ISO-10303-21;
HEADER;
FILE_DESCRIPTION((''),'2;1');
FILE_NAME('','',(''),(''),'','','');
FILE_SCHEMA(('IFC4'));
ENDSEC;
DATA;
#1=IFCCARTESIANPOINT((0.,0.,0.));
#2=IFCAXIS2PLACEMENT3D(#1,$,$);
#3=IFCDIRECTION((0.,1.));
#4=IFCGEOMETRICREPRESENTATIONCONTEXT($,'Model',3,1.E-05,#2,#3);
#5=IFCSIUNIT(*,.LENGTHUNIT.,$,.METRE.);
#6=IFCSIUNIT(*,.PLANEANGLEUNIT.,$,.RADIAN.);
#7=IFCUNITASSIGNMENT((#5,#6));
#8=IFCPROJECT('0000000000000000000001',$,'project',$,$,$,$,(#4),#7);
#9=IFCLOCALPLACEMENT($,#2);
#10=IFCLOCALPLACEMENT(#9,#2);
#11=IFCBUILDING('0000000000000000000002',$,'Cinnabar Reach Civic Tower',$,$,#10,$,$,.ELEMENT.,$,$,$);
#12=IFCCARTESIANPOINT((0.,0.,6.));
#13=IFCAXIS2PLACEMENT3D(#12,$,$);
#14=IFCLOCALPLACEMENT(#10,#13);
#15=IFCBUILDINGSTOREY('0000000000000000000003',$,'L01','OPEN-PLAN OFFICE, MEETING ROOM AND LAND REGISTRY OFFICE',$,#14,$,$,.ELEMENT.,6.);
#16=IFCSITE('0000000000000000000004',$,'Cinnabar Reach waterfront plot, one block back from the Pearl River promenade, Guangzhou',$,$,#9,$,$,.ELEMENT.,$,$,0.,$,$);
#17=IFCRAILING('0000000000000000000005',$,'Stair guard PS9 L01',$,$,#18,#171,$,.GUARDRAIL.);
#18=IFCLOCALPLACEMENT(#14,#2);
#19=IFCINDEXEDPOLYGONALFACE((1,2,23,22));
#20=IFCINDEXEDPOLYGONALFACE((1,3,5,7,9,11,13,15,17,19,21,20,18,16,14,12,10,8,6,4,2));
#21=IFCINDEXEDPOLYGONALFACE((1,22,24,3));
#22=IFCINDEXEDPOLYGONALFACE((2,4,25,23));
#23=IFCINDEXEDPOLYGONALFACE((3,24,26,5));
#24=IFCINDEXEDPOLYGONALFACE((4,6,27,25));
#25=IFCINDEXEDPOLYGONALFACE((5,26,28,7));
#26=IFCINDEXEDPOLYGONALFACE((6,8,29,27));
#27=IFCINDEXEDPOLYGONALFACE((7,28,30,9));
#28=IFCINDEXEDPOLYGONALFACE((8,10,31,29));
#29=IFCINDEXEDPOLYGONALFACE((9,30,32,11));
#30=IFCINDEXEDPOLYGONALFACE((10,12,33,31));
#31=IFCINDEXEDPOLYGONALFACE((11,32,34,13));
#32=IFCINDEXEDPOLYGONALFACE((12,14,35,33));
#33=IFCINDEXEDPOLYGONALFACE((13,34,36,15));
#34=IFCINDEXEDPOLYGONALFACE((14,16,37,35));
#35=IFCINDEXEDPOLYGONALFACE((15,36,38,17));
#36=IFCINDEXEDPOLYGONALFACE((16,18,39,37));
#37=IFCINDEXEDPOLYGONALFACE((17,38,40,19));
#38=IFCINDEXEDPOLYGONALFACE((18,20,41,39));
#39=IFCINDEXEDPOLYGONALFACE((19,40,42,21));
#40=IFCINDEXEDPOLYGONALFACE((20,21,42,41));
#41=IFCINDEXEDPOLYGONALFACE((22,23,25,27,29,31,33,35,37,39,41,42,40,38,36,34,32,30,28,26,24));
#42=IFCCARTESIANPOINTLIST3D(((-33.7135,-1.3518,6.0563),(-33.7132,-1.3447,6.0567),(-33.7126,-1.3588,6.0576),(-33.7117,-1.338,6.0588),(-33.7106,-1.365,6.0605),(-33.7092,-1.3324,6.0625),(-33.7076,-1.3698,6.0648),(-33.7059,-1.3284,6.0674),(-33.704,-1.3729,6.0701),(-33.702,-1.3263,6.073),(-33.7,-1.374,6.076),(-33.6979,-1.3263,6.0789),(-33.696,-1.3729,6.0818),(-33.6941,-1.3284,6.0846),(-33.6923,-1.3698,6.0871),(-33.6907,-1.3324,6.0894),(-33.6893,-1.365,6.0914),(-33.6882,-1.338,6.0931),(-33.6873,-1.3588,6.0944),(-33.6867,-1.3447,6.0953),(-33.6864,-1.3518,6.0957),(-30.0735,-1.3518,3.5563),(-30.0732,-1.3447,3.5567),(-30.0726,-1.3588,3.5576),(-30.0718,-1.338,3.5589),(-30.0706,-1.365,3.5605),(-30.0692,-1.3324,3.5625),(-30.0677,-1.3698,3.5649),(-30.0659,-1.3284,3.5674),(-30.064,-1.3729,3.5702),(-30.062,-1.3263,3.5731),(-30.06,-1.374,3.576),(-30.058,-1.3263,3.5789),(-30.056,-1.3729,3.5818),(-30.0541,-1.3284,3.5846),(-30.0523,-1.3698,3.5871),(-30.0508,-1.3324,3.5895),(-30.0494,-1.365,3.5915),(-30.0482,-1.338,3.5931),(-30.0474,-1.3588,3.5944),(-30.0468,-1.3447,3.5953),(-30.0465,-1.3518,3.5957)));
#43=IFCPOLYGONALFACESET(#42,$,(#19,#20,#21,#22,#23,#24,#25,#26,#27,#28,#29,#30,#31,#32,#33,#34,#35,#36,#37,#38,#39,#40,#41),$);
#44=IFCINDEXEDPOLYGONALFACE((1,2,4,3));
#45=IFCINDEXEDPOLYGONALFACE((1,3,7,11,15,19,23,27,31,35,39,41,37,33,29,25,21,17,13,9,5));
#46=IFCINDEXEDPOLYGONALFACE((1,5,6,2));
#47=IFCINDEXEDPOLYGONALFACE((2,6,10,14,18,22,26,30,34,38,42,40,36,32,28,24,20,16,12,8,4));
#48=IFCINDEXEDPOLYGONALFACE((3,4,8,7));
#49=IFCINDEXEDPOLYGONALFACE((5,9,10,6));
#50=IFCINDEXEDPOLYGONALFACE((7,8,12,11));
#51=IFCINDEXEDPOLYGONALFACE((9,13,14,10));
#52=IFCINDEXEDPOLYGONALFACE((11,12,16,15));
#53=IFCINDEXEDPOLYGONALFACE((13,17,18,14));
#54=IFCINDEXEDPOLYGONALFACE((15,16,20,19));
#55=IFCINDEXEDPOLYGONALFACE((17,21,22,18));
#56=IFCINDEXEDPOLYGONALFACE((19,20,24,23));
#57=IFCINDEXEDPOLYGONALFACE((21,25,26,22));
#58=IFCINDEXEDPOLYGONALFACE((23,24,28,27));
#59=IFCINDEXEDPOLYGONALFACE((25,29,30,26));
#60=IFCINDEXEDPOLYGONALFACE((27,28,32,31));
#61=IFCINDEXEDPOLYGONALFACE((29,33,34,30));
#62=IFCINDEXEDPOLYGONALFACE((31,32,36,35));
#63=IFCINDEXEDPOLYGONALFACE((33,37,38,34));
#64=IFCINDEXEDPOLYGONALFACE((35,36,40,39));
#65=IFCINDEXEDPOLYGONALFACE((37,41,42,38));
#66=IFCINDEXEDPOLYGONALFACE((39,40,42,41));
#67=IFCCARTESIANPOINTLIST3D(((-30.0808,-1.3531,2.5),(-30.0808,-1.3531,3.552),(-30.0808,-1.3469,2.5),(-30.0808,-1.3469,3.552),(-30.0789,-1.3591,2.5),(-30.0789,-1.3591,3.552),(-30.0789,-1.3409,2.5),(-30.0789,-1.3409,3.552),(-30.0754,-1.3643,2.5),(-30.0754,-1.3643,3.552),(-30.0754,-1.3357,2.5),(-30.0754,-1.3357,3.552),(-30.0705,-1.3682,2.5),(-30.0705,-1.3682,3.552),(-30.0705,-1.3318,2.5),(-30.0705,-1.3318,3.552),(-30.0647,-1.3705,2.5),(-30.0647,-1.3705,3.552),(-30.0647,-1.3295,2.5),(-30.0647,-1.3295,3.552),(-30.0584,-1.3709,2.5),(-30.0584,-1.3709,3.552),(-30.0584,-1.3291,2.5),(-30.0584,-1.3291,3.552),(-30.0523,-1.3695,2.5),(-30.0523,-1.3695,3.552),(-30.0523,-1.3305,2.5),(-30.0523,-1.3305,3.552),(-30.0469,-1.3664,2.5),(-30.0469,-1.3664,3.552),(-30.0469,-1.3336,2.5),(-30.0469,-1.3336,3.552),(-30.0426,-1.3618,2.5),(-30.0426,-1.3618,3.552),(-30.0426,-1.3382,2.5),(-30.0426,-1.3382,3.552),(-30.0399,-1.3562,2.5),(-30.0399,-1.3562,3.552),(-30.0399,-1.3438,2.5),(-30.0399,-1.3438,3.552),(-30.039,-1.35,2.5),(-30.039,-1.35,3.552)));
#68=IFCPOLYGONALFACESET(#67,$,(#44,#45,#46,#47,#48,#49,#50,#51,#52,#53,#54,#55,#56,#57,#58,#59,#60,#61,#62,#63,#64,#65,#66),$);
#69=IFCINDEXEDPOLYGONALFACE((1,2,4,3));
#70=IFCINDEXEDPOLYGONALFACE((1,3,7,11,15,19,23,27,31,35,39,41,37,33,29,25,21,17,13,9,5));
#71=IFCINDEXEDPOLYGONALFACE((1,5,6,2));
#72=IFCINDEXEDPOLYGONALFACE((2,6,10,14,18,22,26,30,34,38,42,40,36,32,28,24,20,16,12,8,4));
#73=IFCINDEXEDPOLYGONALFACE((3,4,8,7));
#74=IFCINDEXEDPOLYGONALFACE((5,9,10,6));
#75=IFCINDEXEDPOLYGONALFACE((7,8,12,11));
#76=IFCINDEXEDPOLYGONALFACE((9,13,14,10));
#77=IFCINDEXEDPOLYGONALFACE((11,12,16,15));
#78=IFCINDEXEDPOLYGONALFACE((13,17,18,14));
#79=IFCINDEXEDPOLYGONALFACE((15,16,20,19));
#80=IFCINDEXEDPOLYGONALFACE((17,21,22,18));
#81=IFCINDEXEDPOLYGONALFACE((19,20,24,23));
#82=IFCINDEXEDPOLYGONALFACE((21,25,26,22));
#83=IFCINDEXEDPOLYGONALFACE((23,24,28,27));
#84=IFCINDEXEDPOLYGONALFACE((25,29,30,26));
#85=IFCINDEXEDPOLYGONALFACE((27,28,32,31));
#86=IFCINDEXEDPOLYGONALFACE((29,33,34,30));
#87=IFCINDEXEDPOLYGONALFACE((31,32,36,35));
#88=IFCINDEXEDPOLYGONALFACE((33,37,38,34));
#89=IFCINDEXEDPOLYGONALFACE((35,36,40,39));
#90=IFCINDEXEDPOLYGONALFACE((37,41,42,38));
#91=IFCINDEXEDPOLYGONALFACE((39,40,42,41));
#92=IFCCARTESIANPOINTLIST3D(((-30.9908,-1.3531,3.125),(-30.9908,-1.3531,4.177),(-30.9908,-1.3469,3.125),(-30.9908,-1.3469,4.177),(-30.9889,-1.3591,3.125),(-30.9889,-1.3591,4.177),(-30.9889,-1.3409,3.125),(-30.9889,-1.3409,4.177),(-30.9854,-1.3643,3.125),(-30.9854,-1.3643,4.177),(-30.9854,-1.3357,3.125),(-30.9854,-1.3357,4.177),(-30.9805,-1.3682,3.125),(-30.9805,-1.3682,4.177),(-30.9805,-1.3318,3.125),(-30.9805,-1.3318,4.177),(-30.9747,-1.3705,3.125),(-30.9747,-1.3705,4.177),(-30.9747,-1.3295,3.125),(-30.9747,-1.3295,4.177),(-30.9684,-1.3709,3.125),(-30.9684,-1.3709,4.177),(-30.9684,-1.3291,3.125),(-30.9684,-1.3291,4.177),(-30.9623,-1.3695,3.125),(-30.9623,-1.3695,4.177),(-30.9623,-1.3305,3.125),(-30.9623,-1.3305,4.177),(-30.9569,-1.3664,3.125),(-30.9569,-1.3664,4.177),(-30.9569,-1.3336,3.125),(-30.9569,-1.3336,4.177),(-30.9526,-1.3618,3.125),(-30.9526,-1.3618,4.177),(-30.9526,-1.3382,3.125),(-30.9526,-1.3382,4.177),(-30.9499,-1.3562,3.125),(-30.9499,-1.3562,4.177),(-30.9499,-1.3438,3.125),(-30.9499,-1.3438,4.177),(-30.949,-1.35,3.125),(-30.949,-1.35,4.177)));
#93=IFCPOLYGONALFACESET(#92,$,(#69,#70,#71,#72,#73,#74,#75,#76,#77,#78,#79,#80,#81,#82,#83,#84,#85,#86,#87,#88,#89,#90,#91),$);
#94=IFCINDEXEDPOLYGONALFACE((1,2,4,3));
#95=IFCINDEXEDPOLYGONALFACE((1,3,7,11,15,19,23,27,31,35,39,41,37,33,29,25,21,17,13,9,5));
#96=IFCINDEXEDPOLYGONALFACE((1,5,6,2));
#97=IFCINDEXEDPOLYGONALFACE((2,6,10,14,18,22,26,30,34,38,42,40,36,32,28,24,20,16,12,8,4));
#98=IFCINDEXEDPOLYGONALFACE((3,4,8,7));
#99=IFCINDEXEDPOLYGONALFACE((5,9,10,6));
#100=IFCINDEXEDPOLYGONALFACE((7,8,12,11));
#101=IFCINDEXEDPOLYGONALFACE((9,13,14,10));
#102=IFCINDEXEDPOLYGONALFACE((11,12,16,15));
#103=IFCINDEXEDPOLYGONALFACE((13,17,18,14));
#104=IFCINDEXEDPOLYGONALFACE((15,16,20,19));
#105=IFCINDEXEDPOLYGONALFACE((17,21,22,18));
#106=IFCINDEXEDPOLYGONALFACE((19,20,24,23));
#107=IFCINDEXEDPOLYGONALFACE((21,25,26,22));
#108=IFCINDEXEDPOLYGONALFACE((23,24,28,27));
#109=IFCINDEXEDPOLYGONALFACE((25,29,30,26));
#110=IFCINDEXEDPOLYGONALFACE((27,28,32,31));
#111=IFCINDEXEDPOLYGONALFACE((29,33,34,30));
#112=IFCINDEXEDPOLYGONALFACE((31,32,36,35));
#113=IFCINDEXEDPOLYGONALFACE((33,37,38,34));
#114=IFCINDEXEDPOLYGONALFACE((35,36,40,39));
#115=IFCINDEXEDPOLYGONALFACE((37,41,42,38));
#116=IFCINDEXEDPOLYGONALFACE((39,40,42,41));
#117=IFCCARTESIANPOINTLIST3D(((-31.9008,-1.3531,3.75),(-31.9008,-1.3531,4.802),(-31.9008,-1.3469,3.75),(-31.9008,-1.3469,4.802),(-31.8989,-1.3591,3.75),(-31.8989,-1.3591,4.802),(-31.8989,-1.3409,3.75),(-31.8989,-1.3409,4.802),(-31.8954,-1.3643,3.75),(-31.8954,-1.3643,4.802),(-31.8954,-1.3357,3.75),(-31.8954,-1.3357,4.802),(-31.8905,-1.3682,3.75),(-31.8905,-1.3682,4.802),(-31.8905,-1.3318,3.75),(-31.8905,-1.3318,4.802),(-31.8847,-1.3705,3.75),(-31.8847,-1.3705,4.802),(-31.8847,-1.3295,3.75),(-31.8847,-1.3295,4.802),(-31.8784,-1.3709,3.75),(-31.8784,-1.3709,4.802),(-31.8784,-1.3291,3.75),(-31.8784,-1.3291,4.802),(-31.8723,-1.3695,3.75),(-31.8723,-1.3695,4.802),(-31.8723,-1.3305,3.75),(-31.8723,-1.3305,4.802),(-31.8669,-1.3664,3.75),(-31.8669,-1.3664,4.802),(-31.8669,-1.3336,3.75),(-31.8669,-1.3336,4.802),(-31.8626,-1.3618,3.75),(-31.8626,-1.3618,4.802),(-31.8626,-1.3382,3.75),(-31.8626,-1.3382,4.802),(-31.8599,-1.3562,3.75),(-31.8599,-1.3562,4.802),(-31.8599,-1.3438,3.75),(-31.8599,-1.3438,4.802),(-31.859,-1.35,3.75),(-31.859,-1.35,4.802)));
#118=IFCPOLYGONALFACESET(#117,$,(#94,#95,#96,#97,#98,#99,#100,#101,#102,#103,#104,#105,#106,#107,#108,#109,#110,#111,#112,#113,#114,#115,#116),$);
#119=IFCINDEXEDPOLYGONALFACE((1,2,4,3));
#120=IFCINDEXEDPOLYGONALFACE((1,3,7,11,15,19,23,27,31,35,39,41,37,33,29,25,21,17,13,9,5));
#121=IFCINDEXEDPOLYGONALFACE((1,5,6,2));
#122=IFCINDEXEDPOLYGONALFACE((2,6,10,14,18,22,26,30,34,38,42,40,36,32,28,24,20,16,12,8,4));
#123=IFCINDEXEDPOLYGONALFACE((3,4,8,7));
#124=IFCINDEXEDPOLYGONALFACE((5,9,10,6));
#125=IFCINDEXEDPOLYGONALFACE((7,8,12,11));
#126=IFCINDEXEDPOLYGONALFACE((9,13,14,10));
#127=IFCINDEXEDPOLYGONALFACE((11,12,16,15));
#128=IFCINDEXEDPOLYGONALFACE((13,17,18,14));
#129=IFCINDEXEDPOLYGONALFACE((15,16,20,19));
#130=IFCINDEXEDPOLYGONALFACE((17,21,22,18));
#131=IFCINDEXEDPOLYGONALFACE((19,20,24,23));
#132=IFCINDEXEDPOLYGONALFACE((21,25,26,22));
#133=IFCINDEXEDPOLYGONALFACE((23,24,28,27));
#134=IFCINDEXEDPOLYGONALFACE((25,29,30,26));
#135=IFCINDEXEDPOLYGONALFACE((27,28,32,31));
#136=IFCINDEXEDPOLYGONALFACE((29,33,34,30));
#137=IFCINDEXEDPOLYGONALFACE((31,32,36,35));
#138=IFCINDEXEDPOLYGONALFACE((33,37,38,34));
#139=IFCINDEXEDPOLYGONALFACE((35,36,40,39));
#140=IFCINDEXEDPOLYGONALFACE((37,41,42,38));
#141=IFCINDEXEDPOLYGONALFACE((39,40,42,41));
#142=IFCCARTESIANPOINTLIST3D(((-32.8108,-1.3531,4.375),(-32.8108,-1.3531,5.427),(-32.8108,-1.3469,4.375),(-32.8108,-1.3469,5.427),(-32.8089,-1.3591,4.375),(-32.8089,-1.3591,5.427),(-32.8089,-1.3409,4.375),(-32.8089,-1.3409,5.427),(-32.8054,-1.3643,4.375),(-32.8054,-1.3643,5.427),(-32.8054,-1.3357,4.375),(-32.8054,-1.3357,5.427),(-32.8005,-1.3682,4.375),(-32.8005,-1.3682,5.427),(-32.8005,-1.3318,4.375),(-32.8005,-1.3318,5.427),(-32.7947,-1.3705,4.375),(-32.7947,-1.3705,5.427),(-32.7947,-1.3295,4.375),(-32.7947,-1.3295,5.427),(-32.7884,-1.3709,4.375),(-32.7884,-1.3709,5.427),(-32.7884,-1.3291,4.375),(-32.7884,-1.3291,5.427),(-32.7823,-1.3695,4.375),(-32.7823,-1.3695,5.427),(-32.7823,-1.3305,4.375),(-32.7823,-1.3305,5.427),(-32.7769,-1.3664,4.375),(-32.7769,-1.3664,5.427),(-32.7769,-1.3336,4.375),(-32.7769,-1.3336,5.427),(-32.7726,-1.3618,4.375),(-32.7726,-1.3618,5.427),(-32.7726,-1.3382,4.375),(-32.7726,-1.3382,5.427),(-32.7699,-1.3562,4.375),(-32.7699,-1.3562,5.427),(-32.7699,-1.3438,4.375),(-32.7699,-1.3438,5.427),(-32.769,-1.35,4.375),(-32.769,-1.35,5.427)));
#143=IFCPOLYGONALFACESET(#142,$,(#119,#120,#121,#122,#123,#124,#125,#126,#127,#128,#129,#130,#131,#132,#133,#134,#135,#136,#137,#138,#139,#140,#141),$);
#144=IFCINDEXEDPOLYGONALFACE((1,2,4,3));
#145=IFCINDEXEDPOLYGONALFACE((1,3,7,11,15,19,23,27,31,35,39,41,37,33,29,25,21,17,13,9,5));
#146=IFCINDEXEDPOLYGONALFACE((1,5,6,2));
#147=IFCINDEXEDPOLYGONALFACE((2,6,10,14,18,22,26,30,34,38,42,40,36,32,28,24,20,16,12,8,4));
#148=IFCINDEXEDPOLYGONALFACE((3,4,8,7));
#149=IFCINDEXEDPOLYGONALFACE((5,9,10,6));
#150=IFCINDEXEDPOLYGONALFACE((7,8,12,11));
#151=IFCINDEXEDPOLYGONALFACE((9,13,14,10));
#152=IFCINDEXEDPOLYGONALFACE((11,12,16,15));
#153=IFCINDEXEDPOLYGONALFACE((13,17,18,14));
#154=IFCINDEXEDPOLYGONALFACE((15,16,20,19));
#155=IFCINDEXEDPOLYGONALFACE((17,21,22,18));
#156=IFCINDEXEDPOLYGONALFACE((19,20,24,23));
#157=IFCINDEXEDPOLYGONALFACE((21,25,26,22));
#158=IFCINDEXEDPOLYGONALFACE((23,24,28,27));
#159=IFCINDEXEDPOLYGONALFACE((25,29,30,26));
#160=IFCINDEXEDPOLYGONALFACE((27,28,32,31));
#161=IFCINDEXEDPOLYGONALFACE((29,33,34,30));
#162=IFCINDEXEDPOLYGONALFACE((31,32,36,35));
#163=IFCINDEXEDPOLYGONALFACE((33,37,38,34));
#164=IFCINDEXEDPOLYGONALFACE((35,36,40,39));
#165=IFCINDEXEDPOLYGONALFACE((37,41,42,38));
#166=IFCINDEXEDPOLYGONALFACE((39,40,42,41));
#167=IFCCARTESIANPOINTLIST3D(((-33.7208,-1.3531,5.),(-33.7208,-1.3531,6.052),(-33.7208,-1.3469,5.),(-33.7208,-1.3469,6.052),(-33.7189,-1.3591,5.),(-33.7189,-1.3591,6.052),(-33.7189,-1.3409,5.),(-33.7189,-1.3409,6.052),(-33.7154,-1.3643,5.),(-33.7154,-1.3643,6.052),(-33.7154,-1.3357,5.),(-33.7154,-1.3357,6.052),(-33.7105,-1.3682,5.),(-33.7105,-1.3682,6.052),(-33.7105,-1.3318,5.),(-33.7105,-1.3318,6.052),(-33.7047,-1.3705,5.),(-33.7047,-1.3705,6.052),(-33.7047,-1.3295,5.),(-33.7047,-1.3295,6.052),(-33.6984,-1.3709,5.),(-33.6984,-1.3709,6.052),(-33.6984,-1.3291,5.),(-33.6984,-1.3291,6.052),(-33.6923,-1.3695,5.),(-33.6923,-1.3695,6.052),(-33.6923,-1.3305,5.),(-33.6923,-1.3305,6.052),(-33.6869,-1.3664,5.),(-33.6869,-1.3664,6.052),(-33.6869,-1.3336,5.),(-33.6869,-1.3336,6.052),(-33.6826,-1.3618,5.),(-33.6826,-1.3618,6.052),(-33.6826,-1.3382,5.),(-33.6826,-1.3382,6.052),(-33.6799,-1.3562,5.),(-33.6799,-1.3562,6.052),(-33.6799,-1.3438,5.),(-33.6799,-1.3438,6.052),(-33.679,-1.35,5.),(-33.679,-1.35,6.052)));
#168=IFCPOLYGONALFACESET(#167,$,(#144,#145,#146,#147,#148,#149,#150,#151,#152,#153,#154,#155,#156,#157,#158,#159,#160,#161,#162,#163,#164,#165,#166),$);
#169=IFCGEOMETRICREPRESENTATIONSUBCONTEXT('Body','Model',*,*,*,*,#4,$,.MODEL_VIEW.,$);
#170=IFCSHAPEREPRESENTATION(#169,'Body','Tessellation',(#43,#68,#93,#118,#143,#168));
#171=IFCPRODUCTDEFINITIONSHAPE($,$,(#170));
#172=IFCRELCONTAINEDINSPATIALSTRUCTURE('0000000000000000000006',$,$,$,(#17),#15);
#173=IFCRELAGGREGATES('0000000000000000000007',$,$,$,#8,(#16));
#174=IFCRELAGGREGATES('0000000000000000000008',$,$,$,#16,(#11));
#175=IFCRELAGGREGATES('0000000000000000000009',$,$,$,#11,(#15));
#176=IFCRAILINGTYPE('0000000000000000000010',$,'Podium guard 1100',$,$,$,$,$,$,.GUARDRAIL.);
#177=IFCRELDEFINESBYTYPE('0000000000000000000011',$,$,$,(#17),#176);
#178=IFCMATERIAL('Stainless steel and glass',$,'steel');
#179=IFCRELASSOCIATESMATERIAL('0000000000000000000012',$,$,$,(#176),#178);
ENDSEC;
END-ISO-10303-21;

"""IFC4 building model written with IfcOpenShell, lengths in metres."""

from ifc_helpers import new_model, si_unit, direction, frame, origin, origin_2d, place, context, subcontext, project, spatial, circle, extrude, material, type_object, element, save


model = new_model("IFC4")

# Units and contexts
model_context = context("Model", 3, precision=1e-05, world=origin(), true_north=direction((0.0, 1.0)))
body_context = subcontext(model_context, "Body", "Model", "MODEL_VIEW")
ifc_project = project(units=[si_unit("LENGTHUNIT", "METRE"), si_unit("PLANEANGLEUNIT", "RADIAN")], contexts=[model_context])

# Site, building, storey
site_placement = place(None, origin())
site = spatial("IfcSite", under=ifc_project, at=site_placement, Name="Cinnabar Reach waterfront plot, one block back from the Pearl River promenade, Guangzhou", CompositionType="ELEMENT", RefElevation=0.0)
building_placement = place(site_placement, origin())
building = spatial("IfcBuilding", under=site, at=building_placement, Name="Cinnabar Reach Civic Tower", CompositionType="ELEMENT")
storey_placement = place(building_placement, frame((0.0, 0.0, 6.0)))
storey = spatial("IfcBuildingStorey", under=building, at=storey_placement, Name="L01", Description="OPEN-PLAN OFFICE, MEETING ROOM AND LAND REGISTRY OFFICE", CompositionType="ELEMENT", Elevation=6.0)

# Railing
ifc_material_1 = material(Name="Stainless steel and glass", Category="steel")
railing_type_1 = type_object("IfcRailingType", Name="Podium guard 1100", PredefinedType="GUARDRAIL", material=ifc_material_1)
railing_1_placement = place(storey_placement, frame((-30.06, -1.35, 2.5)))
element("IfcRailing", 1, at=railing_1_placement, inside=storey, type_object=railing_type_1, Name="Stair guard PS9 L01", PredefinedType="GUARDRAIL", context=body_context, shape_type="SweptSolid", body=[
    extrude(circle(Radius=0.024, at=origin_2d()), frame((0.0, 0.0, 1.076), z_axis=(-0.824306, 0.0, 0.566144), x_axis=(0.0, -1.0, 0.0)), (0.0, 0.0, 1.0), 4.4158),
    extrude(circle(Radius=0.021, at=origin_2d()), origin(), (0.0, 0.0, 1.0), 1.052),
    extrude(circle(Radius=0.021, at=origin_2d()), frame((-0.91, 0.0, 0.625)), (0.0, 0.0, 1.0), 1.052),
    extrude(circle(Radius=0.021, at=origin_2d()), frame((-1.82, 0.0, 1.25)), (0.0, 0.0, 1.0), 1.052),
    extrude(circle(Radius=0.021, at=origin_2d()), frame((-2.73, 0.0, 1.875)), (0.0, 0.0, 1.0), 1.052),
    extrude(circle(Radius=0.021, at=origin_2d()), frame((-3.64, 0.0, 2.5)), (0.0, 0.0, 1.0), 1.052),
])

save(model, "model.ifc")
